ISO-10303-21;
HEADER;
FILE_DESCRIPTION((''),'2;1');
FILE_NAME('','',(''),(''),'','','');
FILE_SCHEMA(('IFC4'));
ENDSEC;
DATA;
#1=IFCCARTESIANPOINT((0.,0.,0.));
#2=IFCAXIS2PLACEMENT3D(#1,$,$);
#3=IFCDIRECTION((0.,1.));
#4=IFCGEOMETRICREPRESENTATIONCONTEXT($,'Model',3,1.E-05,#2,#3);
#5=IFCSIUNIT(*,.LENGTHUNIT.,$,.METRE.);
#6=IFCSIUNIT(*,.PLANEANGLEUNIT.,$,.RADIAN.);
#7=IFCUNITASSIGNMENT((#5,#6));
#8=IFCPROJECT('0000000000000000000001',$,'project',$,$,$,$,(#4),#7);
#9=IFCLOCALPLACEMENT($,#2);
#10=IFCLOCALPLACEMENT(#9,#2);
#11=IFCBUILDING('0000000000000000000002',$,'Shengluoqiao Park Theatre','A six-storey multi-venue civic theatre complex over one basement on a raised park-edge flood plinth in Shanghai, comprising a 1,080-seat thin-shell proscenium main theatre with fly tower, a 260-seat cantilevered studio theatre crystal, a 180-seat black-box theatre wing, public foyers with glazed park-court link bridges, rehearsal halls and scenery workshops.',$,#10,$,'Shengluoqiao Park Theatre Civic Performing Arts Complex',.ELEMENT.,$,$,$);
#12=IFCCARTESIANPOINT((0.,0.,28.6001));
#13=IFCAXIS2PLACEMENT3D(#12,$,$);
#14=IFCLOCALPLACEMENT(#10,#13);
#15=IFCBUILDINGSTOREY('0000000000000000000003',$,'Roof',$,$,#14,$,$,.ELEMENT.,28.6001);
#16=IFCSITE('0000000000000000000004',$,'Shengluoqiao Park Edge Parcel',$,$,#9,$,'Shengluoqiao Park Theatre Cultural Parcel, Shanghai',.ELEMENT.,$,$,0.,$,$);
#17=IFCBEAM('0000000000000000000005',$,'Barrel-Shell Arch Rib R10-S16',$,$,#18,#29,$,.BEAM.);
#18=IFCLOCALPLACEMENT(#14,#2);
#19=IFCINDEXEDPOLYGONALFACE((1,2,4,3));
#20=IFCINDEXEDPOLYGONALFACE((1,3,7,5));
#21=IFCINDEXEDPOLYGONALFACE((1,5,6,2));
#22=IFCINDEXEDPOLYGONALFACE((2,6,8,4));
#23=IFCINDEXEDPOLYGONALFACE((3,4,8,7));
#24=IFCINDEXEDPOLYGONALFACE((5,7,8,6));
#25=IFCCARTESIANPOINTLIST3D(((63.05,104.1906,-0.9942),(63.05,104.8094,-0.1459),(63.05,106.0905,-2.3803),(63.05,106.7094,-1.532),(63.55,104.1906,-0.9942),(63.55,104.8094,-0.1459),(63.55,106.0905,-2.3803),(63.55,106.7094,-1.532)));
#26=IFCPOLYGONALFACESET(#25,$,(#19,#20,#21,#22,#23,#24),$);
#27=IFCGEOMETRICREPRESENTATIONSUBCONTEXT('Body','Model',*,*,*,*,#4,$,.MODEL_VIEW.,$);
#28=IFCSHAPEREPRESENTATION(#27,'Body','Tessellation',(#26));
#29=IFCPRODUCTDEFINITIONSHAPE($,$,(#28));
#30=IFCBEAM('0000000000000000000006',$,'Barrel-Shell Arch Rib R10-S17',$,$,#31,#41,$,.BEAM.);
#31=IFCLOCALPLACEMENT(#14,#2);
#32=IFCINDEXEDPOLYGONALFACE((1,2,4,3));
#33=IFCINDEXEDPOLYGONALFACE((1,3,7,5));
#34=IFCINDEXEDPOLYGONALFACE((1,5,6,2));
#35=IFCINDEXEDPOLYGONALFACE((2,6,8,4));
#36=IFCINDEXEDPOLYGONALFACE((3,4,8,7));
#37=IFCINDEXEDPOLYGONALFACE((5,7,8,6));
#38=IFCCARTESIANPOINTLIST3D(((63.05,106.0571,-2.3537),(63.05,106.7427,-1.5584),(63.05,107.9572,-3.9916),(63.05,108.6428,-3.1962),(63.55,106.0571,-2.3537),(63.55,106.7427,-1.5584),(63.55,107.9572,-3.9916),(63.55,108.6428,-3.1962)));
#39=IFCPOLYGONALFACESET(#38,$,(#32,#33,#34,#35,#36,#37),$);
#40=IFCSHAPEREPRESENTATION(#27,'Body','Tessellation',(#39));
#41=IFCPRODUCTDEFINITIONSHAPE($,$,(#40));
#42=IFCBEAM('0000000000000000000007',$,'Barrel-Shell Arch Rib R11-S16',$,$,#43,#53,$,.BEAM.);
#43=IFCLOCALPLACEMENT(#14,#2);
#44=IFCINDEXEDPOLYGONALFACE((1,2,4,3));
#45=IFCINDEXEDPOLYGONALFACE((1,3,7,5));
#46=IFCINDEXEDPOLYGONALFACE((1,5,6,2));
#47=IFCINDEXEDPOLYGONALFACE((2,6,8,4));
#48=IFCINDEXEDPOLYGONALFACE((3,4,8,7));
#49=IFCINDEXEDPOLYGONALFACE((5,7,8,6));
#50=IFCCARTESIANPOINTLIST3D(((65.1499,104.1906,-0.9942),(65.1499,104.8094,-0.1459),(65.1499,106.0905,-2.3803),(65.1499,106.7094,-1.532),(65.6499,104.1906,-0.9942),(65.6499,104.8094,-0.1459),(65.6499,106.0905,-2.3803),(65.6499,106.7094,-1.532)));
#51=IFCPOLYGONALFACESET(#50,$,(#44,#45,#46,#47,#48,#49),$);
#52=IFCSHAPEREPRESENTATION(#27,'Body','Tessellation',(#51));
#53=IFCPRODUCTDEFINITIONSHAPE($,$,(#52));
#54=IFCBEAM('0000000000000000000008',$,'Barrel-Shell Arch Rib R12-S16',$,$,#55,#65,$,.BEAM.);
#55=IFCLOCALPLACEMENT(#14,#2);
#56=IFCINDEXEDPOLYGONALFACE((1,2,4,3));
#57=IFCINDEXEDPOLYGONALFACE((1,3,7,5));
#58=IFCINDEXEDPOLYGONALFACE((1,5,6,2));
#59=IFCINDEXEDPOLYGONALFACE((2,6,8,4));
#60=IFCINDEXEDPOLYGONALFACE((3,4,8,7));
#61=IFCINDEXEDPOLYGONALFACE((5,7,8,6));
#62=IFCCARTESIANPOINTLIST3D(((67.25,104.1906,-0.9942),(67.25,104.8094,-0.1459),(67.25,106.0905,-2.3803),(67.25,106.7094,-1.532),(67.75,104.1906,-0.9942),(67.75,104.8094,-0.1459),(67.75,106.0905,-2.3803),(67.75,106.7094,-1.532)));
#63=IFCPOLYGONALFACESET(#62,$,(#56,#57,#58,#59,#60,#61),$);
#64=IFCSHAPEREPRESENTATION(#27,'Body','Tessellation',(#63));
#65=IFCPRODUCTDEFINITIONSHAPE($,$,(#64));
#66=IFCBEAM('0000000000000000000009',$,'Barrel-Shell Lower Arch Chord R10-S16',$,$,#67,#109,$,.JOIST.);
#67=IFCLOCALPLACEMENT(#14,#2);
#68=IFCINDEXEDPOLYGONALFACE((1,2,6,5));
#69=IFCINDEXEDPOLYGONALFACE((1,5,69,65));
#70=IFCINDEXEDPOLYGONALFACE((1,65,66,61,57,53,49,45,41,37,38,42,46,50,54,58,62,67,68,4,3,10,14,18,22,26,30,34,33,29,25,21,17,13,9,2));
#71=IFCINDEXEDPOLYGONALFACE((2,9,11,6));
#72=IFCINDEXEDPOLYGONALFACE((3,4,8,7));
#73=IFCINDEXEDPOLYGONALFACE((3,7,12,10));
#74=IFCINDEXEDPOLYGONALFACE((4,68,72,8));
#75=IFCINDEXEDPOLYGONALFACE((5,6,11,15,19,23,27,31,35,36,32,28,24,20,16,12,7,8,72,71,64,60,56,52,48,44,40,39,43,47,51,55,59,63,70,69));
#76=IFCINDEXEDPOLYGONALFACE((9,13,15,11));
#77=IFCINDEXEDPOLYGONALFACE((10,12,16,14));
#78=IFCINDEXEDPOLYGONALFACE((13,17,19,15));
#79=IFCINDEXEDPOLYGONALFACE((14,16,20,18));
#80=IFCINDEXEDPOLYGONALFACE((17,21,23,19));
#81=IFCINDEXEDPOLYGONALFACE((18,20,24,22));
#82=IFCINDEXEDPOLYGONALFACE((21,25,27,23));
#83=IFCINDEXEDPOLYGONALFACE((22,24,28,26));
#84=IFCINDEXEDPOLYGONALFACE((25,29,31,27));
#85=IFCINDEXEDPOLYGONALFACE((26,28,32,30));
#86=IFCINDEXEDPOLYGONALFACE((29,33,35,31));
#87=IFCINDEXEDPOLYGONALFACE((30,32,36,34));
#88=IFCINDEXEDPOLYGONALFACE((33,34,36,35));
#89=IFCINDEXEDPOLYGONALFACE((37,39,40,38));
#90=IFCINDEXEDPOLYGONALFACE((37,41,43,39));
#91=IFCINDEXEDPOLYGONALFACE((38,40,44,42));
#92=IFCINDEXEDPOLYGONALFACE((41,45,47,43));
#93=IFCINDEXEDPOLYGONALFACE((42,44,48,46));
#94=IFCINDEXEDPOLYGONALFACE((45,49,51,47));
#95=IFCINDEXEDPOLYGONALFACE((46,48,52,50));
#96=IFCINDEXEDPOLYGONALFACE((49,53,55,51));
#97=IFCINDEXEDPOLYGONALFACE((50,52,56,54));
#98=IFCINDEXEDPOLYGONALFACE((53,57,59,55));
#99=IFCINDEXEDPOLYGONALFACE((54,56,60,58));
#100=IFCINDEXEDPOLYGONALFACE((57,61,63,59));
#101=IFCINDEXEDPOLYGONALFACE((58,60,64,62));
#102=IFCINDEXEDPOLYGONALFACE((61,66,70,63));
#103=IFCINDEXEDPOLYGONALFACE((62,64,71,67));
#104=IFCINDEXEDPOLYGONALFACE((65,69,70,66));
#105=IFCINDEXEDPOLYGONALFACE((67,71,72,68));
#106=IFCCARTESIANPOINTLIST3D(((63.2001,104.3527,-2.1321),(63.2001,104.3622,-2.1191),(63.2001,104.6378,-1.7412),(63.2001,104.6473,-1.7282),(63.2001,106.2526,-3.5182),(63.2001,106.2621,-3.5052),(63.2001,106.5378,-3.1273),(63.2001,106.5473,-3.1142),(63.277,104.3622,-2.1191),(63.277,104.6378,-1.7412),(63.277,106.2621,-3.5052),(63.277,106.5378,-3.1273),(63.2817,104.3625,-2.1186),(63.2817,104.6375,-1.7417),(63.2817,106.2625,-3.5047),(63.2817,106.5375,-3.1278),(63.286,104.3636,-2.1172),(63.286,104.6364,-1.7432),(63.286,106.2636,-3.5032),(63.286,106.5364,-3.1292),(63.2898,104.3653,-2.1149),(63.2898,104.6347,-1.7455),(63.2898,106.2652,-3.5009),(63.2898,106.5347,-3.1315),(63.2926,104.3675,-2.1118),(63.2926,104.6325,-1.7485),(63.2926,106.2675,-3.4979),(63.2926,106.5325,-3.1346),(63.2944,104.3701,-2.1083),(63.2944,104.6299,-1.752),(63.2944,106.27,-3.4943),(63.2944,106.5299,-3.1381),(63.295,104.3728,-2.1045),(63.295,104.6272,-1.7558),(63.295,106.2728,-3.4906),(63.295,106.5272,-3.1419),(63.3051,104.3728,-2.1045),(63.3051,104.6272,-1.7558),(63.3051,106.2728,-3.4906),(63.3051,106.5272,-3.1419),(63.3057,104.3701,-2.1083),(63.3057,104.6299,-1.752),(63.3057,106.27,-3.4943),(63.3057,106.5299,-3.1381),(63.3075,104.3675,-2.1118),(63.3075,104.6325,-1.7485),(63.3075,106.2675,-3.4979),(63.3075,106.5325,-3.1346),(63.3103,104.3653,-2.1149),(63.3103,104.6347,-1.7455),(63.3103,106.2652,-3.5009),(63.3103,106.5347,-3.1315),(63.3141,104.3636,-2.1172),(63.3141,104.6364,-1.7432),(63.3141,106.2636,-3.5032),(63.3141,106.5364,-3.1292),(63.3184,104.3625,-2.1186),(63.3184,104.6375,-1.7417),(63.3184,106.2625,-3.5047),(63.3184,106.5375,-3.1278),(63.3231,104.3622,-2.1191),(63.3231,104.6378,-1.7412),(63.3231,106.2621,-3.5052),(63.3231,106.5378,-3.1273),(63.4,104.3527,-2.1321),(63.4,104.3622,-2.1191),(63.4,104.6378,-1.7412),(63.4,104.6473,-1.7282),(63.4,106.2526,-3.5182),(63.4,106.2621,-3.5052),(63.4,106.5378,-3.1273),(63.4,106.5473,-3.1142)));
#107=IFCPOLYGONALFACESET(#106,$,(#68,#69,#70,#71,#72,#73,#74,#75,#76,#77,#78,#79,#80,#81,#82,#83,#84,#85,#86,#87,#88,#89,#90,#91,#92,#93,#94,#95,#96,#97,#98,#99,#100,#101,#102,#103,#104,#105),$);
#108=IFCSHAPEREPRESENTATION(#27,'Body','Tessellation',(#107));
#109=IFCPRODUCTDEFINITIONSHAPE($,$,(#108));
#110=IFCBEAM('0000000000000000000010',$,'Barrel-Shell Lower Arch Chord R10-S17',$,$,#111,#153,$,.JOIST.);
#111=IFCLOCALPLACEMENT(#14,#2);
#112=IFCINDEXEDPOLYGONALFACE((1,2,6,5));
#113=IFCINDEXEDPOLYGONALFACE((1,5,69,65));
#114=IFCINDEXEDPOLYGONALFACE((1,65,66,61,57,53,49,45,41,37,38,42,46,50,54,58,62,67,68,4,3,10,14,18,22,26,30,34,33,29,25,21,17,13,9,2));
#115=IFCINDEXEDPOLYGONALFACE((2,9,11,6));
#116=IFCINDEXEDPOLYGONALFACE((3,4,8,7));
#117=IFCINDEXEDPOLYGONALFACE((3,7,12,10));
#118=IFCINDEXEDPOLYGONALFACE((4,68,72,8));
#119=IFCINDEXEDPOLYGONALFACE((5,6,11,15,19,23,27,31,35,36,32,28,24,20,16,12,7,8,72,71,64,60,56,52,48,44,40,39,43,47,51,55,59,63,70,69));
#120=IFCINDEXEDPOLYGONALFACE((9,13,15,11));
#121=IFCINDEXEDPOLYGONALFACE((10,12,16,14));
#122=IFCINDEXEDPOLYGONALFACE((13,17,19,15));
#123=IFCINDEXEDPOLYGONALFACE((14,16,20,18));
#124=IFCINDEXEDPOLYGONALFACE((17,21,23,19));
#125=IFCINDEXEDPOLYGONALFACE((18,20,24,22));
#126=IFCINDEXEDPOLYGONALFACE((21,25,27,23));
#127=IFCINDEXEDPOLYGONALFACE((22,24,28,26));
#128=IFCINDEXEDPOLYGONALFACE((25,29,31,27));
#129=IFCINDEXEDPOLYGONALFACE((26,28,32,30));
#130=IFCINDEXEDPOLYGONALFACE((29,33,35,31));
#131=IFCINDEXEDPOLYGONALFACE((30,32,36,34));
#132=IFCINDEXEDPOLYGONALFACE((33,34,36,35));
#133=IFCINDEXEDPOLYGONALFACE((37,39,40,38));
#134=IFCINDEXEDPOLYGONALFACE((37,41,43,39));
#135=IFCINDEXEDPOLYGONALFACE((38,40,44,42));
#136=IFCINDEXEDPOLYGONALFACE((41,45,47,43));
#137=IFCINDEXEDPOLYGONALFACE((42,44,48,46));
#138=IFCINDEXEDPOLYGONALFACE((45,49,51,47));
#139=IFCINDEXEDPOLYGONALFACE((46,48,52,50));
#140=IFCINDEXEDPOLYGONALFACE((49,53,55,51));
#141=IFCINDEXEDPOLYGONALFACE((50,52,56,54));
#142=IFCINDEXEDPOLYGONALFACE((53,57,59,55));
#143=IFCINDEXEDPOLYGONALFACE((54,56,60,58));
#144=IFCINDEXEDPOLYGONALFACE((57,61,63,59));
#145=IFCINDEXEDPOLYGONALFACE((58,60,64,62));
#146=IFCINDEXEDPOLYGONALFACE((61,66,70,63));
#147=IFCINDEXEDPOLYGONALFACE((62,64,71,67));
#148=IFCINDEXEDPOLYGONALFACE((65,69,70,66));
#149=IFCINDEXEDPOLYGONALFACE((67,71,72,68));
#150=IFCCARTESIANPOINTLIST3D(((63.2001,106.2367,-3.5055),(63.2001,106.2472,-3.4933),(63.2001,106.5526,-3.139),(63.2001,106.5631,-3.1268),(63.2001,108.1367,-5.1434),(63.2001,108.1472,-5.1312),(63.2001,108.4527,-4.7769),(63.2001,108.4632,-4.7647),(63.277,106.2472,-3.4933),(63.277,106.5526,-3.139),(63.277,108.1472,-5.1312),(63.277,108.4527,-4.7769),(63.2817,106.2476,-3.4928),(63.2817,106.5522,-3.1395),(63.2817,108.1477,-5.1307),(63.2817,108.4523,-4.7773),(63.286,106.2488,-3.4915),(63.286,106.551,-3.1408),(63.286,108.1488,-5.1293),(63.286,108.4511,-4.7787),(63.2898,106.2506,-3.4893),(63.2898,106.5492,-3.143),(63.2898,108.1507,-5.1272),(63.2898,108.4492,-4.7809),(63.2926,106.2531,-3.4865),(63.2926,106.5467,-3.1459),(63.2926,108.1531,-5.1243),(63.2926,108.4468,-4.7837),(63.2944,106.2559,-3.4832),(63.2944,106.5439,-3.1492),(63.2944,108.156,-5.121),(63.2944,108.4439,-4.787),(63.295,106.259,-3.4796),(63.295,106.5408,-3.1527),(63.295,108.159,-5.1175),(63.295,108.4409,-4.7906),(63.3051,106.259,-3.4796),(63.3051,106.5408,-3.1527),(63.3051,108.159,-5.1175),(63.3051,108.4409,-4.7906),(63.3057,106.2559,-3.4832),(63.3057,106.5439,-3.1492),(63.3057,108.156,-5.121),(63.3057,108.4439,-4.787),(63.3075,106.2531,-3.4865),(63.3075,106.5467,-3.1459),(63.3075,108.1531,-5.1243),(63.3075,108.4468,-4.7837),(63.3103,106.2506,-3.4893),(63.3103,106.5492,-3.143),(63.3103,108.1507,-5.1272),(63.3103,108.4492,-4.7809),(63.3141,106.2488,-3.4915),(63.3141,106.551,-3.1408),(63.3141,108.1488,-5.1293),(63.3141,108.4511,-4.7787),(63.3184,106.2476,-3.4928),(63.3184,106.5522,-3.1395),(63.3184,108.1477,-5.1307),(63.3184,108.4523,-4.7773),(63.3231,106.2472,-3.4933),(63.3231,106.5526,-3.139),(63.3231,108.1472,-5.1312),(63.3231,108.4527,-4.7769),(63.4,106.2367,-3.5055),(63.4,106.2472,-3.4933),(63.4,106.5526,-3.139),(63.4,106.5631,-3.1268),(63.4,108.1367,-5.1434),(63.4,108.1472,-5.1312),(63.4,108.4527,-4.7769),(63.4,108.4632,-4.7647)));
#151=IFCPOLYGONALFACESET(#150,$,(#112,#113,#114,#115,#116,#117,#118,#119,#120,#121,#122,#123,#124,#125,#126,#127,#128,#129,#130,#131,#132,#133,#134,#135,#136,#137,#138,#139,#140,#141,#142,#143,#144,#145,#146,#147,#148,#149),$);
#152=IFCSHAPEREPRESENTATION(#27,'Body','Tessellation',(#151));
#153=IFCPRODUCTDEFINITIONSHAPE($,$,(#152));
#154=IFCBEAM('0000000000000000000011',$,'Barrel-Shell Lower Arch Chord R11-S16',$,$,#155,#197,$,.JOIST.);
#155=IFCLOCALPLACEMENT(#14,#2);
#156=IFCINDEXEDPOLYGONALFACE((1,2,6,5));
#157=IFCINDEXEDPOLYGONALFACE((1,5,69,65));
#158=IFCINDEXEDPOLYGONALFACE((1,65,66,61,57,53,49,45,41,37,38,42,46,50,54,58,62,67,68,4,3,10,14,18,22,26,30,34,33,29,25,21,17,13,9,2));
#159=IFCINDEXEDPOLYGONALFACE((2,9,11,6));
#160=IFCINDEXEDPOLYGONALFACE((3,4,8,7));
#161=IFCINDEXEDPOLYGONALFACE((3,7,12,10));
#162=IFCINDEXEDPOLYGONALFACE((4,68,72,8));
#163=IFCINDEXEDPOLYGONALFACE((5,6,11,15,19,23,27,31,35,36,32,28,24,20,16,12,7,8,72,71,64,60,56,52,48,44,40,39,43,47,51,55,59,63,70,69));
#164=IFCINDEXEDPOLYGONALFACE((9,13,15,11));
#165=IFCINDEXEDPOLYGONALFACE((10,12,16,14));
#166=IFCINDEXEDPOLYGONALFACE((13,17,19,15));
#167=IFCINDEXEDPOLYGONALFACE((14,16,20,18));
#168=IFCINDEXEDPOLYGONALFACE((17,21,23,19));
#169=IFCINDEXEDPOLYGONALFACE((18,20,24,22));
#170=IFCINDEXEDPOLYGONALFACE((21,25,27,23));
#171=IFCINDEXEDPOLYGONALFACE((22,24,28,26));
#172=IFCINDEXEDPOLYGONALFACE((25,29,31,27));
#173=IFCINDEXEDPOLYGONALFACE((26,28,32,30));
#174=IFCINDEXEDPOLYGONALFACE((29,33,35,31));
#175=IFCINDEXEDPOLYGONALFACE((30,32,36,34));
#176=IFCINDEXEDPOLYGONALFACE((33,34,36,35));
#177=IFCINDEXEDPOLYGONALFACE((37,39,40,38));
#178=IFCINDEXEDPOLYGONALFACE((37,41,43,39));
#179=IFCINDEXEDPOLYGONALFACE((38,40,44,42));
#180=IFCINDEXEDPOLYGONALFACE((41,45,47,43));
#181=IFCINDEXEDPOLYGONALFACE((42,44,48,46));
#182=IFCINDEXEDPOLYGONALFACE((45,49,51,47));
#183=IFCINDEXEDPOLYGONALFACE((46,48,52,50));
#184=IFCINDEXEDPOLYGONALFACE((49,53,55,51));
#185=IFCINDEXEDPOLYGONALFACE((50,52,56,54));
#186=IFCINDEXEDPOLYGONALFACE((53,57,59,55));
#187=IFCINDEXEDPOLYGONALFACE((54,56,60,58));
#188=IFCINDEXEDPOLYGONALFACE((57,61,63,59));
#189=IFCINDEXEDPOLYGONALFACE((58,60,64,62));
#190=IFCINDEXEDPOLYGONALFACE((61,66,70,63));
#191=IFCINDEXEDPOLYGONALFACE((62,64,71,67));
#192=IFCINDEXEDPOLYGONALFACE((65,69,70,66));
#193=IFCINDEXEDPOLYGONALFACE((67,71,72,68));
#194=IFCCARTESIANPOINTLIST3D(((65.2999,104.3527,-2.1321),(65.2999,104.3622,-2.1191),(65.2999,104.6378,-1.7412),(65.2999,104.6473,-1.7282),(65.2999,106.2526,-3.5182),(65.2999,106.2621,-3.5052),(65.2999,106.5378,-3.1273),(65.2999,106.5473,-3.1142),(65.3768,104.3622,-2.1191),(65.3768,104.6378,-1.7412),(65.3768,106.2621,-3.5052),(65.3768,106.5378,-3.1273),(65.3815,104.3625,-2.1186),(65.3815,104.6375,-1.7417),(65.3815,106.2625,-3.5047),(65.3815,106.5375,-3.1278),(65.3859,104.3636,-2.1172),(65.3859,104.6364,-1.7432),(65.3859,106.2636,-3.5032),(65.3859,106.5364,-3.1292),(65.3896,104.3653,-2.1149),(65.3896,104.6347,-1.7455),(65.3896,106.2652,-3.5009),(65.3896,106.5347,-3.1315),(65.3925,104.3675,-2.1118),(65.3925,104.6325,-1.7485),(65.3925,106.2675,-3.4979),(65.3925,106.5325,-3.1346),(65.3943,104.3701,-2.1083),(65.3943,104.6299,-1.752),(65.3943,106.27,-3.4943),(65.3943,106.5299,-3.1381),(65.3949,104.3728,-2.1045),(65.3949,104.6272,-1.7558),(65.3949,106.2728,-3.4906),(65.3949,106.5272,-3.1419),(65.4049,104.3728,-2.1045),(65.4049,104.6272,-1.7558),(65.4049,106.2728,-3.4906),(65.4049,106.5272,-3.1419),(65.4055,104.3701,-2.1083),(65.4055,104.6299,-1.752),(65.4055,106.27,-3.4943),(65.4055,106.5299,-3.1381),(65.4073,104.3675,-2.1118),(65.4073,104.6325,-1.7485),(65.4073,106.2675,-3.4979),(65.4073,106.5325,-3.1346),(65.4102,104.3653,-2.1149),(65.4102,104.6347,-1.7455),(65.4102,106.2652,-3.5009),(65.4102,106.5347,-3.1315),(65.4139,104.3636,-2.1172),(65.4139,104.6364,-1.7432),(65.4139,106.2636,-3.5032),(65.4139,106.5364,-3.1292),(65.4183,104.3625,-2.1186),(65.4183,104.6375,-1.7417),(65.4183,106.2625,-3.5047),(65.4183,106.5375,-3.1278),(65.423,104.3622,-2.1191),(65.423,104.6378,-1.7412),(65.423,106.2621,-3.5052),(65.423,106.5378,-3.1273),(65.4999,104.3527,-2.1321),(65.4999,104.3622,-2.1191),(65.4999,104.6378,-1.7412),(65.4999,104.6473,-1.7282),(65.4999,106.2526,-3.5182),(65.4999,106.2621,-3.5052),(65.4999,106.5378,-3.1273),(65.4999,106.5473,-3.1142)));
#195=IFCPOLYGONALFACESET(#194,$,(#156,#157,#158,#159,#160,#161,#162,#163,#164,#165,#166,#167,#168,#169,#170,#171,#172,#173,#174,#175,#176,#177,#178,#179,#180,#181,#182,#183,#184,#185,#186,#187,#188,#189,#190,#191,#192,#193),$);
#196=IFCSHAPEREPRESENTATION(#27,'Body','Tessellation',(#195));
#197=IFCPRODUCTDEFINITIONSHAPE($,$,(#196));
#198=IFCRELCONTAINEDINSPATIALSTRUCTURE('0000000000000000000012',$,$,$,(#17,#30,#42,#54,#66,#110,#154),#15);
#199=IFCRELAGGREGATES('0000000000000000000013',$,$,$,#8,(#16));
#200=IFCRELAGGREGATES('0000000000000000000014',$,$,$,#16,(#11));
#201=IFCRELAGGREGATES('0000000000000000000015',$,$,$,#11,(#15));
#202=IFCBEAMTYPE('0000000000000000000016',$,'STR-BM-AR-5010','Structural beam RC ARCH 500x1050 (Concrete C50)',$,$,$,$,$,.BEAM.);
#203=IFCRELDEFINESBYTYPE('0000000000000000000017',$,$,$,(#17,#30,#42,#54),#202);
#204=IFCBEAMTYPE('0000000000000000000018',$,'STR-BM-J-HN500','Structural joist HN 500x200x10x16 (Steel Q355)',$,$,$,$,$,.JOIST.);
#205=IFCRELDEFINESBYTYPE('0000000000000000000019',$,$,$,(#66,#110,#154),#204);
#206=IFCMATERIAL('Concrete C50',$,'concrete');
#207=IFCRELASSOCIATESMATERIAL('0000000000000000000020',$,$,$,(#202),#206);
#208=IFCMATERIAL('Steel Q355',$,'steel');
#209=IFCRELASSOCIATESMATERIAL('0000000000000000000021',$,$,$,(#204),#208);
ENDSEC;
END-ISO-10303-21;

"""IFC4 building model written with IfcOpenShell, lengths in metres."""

from ifc_helpers import new_model, si_unit, direction, frame, origin, origin_2d, place, context, subcontext, project, spatial, rectangle, i_section, extrude, material, material_profile, profile_set, type_object, element, save


model = new_model("IFC4")

# Units and contexts
model_context = context("Model", 3, precision=1e-05, world=origin(), true_north=direction((0.0, 1.0)))
body_context = subcontext(model_context, "Body", "Model", "MODEL_VIEW")
ifc_project = project(units=[si_unit("LENGTHUNIT", "METRE"), si_unit("PLANEANGLEUNIT", "RADIAN")], contexts=[model_context])

# Site, building, storey
site_placement = place(None, origin())
site = spatial("IfcSite", under=ifc_project, at=site_placement, Name="Shengluoqiao Park Edge Parcel", LongName="Shengluoqiao Park Theatre Cultural Parcel, Shanghai", CompositionType="ELEMENT", RefElevation=0.0)
building_placement = place(site_placement, origin())
building = spatial("IfcBuilding", under=site, at=building_placement, Name="Shengluoqiao Park Theatre", Description="A six-storey multi-venue civic theatre complex over one basement on a raised park-edge flood plinth in Shanghai, comprising a 1,080-seat thin-shell proscenium main theatre with fly tower, a 260-seat cantilevered studio theatre crystal, a 180-seat black-box theatre wing, public foyers with glazed park-court link bridges, rehearsal halls and scenery workshops.", LongName="Shengluoqiao Park Theatre Civic Performing Arts Complex", CompositionType="ELEMENT")
storey_placement = place(building_placement, frame((0.0, 0.0, 28.6001)))
storey = spatial("IfcBuildingStorey", under=building, at=storey_placement, Name="Roof", CompositionType="ELEMENT", Elevation=28.6001)

# Beams
ifc_material_1 = material(Name="Concrete C50", Category="concrete")
ifc_material_profile_1 = material_profile(ifc_material_1, rectangle(XDim=0.5, YDim=1.05, at=origin_2d()), Name="RC ARCH 500x1050")
ifc_profile_set_1 = profile_set([ifc_material_profile_1], Name="Concrete C50")
beam_type_1 = type_object("IfcBeamType", Name="STR-BM-AR-5010", Description="Structural beam RC ARCH 500x1050 (Concrete C50)", PredefinedType="BEAM", material=ifc_profile_set_1)
beam_1_placement = place(storey_placement, frame((63.3, 104.5, -0.5701), z_axis=(0.0, 0.807878, -0.58935), x_axis=(-1.0, 0.0, 0.0)))
element("IfcBeam", 1, at=beam_1_placement, inside=storey, type_object=beam_type_1, Name="Barrel-Shell Arch Rib R10-S16", PredefinedType="BEAM", context=body_context, shape_type="SweptSolid", body=[
    extrude(rectangle(XDim=0.5, YDim=1.05, at=origin_2d()), origin(), (0.0, 0.0, 1.0), 2.3518),
])
beam_2_placement = place(storey_placement, frame((63.3, 106.3999, -1.9561), z_axis=(0.0, 0.757433, -0.652913), x_axis=(-1.0, 0.0, 0.0)))
element("IfcBeam", 2, at=beam_2_placement, inside=storey, type_object=beam_type_1, Name="Barrel-Shell Arch Rib R10-S17", PredefinedType="BEAM", context=body_context, shape_type="SweptSolid", body=[
    extrude(rectangle(XDim=0.5, YDim=1.05, at=origin_2d()), origin(), (0.0, 0.0, 1.0), 2.5085),
])
for number, where, z_axis, x_axis, name in (
    (3, (65.3999, 104.5, -0.5701), (0.0, 0.807878, -0.58935), (-1.0, 0.0, 0.0), "Barrel-Shell Arch Rib R11-S16"),
    (4, (67.5, 104.5, -0.5701), (0.0, 0.807878, -0.58935), (-1.0, 0.0, 0.0), "Barrel-Shell Arch Rib R12-S16"),
):
    element("IfcBeam", number, at=place(storey_placement, frame(where, z_axis=z_axis, x_axis=x_axis)), inside=storey, type_object=beam_type_1, Name=name, PredefinedType="BEAM", context=body_context, shape_type="SweptSolid", body=[
        extrude(rectangle(XDim=0.5, YDim=1.05, at=origin_2d()), origin(), (0.0, 0.0, 1.0), 2.3518),
    ])
ifc_material_2 = material(Name="Steel Q355", Category="steel")
ifc_material_profile_2 = material_profile(ifc_material_2, i_section(OverallWidth=0.2, OverallDepth=0.5, WebThickness=0.01, FlangeThickness=0.0161, FilletRadius=0.0181, at=origin_2d()), Name="HN 500x200x10x16")
ifc_profile_set_2 = profile_set([ifc_material_profile_2], Name="Steel Q355")
beam_type_2 = type_object("IfcBeamType", Name="STR-BM-J-HN500", Description="Structural joist HN 500x200x10x16 (Steel Q355)", PredefinedType="JOIST", material=ifc_profile_set_2)
beam_3_placement = place(storey_placement, frame((63.3, 104.5, -1.9302), z_axis=(0.0, 0.807878, -0.58935), x_axis=(-1.0, 0.0, 0.0)))
element("IfcBeam", 5, at=beam_3_placement, inside=storey, type_object=beam_type_2, Name="Barrel-Shell Lower Arch Chord R10-S16", PredefinedType="JOIST", context=body_context, shape_type="SweptSolid", body=[
    extrude(i_section(OverallWidth=0.2, OverallDepth=0.5, WebThickness=0.01, FlangeThickness=0.0161, FilletRadius=0.0181, at=origin_2d()), origin(), (0.0, 0.0, 1.0), 2.3518),
])
beam_4_placement = place(storey_placement, frame((63.3, 106.3999, -3.3162), z_axis=(0.0, 0.757433, -0.652913), x_axis=(-1.0, 0.0, 0.0)))
element("IfcBeam", 6, at=beam_4_placement, inside=storey, type_object=beam_type_2, Name="Barrel-Shell Lower Arch Chord R10-S17", PredefinedType="JOIST", context=body_context, shape_type="SweptSolid", body=[
    extrude(i_section(OverallWidth=0.2, OverallDepth=0.5, WebThickness=0.01, FlangeThickness=0.0161, FilletRadius=0.0181, at=origin_2d()), origin(), (0.0, 0.0, 1.0), 2.5085),
])
beam_5_placement = place(storey_placement, frame((65.3999, 104.5, -1.9302), z_axis=(0.0, 0.807878, -0.58935), x_axis=(-1.0, 0.0, 0.0)))
element("IfcBeam", 7, at=beam_5_placement, inside=storey, type_object=beam_type_2, Name="Barrel-Shell Lower Arch Chord R11-S16", PredefinedType="JOIST", context=body_context, shape_type="SweptSolid", body=[
    extrude(i_section(OverallWidth=0.2, OverallDepth=0.5, WebThickness=0.01, FlangeThickness=0.0161, FilletRadius=0.0181, at=origin_2d()), origin(), (0.0, 0.0, 1.0), 2.3518),
])

save(model, "model.ifc")
